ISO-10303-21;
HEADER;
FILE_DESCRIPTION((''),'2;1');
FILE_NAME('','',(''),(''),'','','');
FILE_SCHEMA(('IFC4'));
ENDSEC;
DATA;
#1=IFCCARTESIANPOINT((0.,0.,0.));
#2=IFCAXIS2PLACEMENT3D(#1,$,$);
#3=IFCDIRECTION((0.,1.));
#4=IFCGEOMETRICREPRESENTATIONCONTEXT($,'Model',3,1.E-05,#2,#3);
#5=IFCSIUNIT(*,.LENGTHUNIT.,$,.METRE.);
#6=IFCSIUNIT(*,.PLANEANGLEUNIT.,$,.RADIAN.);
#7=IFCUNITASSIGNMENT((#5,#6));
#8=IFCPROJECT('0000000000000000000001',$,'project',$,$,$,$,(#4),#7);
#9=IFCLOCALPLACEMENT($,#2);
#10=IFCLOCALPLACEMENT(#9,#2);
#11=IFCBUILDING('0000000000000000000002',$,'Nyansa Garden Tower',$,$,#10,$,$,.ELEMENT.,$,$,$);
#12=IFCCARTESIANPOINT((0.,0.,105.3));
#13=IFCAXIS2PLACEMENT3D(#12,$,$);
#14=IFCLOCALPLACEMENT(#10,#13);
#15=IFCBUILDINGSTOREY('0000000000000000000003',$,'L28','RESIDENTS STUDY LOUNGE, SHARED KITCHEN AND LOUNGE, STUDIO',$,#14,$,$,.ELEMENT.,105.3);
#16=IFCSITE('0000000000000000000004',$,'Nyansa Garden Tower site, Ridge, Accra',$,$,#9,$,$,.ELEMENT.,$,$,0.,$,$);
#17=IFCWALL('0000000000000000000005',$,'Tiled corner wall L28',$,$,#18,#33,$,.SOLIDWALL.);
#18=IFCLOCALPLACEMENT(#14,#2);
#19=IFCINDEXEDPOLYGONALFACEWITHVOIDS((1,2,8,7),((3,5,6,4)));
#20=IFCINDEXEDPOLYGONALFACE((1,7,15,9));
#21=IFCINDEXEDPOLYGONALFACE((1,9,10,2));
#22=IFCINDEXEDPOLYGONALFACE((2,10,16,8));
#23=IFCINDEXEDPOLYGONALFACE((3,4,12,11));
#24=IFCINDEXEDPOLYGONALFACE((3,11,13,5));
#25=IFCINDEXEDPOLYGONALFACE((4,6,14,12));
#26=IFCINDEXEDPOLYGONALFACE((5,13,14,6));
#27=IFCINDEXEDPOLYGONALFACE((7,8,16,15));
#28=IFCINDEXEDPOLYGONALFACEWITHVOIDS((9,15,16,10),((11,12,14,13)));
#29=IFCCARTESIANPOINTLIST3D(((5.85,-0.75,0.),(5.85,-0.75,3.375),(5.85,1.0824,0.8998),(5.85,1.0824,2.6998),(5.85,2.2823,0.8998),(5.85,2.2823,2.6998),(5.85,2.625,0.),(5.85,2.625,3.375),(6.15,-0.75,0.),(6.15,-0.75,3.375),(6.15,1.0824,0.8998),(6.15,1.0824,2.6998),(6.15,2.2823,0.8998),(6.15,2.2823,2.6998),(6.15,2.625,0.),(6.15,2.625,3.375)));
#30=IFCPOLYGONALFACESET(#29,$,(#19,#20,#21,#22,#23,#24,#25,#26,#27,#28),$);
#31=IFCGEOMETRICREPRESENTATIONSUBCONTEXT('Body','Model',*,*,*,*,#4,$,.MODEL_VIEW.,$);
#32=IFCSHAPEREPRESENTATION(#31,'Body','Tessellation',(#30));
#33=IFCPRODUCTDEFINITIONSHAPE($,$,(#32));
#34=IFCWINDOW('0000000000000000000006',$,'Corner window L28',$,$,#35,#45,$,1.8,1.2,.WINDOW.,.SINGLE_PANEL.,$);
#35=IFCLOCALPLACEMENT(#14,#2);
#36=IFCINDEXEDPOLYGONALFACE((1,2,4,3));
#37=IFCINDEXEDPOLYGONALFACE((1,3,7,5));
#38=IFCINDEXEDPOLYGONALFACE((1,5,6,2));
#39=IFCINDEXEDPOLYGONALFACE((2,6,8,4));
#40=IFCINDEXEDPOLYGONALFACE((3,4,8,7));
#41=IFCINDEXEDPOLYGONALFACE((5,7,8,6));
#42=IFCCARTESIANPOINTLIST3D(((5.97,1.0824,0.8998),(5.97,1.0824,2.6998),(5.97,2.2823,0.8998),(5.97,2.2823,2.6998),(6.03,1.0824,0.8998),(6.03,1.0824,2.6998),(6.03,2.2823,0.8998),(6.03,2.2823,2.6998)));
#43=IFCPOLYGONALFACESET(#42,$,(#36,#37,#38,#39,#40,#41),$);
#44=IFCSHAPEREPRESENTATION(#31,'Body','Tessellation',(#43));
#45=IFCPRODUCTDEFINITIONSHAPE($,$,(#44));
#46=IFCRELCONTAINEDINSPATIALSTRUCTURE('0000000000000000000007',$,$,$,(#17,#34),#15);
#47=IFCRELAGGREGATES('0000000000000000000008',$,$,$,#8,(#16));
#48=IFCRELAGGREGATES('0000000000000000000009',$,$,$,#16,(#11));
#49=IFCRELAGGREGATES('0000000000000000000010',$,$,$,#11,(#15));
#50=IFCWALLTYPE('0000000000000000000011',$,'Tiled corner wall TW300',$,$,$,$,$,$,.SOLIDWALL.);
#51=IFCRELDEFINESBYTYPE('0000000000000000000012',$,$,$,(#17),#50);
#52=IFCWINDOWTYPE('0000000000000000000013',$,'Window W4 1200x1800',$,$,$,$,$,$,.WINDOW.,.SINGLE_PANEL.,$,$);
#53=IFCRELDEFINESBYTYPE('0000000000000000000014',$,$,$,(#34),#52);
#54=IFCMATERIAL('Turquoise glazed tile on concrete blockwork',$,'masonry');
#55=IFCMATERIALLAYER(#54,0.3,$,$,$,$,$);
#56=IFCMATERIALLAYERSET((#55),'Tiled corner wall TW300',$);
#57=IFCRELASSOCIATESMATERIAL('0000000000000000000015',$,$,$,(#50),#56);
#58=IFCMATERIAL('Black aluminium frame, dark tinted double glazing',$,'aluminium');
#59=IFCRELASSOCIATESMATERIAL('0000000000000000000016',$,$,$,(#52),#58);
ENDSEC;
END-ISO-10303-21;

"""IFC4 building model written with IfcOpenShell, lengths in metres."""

from ifc_helpers import new_model, si_unit, direction, frame, frame_2d, origin, place, context, subcontext, project, spatial, rectangle, extrude, material, layer, layer_set, type_object, element, fill, save


model = new_model("IFC4")

# Units and contexts
model_context = context("Model", 3, precision=1e-05, world=origin(), true_north=direction((0.0, 1.0)))
body_context = subcontext(model_context, "Body", "Model", "MODEL_VIEW")
ifc_project = project(units=[si_unit("LENGTHUNIT", "METRE"), si_unit("PLANEANGLEUNIT", "RADIAN")], contexts=[model_context])

# Site, building, storey
site_placement = place(None, origin())
site = spatial("IfcSite", under=ifc_project, at=site_placement, Name="Nyansa Garden Tower site, Ridge, Accra", CompositionType="ELEMENT", RefElevation=0.0)
building_placement = place(site_placement, origin())
building = spatial("IfcBuilding", under=site, at=building_placement, Name="Nyansa Garden Tower", CompositionType="ELEMENT")
storey_placement = place(building_placement, frame((0.0, 0.0, 105.3)))
storey = spatial("IfcBuildingStorey", under=building, at=storey_placement, Name="L28", Description="RESIDENTS STUDY LOUNGE, SHARED KITCHEN AND LOUNGE, STUDIO", CompositionType="ELEMENT", Elevation=105.3)

# Wall, opening, window
ifc_material_1 = material(Name="Turquoise glazed tile on concrete blockwork", Category="masonry")
ifc_layer_1 = layer(ifc_material_1, 0.3)
ifc_layer_set_1 = layer_set([ifc_layer_1], Name="Tiled corner wall TW300")
wall_type_1 = type_object("IfcWallType", Name="Tiled corner wall TW300", PredefinedType="SOLIDWALL", material=ifc_layer_set_1)
wall_1_placement = place(storey_placement, frame((6.0, 2.625, 0.0), z_axis=(0.0, 0.0, 1.0), x_axis=(0.0, -1.0, 0.0)))
wall_1 = element("IfcWall", 1, at=wall_1_placement, inside=storey, type_object=wall_type_1, Name="Tiled corner wall L28", PredefinedType="SOLIDWALL", context=body_context, shape_type="SweptSolid", body=[
    extrude(rectangle(XDim=3.375, YDim=0.3, at=frame_2d((1.6875, 0.0))), origin(), (0.0, 0.0, 1.0), 3.375),
])
opening_1_placement = place(wall_1_placement, frame((0.3425, 0.0, 0.8999)))
opening_1 = element("IfcOpeningElement", 2, at=opening_1_placement, cuts=wall_1, PredefinedType="OPENING", context=body_context, shape_type="SweptSolid", body=[
    extrude(rectangle(XDim=1.2, YDim=1.8, at=frame_2d((0.6001, 0.8999))), frame((0.0, 0.1599, 0.0), z_axis=(0.0, -1.0, 0.0), x_axis=(1.0, 0.0, 0.0)), (0.0, 0.0, 1.0), 0.3201),
])
ifc_material_2 = material(Name="Black aluminium frame, dark tinted double glazing", Category="aluminium")
window_type_1 = type_object("IfcWindowType", Name="Window W4 1200x1800", PartitioningType="SINGLE_PANEL", PredefinedType="WINDOW", material=ifc_material_2)
window_1_placement = place(opening_1_placement, origin())
window_1 = element("IfcWindow", 3, at=window_1_placement, inside=storey, type_object=window_type_1, Name="Corner window L28", OverallHeight=1.8, OverallWidth=1.2, PartitioningType="SINGLE_PANEL", PredefinedType="WINDOW", context=body_context, shape_type="SweptSolid", body=[
    extrude(rectangle(XDim=1.2, YDim=1.8, at=frame_2d((0.6001, 0.8999))), frame((0.0, 0.03, 0.0), z_axis=(0.0, -1.0, 0.0), x_axis=(1.0, 0.0, 0.0)), (0.0, 0.0, 1.0), 0.0601),
])
fill(opening_1, window_1)

save(model, "model.ifc")
